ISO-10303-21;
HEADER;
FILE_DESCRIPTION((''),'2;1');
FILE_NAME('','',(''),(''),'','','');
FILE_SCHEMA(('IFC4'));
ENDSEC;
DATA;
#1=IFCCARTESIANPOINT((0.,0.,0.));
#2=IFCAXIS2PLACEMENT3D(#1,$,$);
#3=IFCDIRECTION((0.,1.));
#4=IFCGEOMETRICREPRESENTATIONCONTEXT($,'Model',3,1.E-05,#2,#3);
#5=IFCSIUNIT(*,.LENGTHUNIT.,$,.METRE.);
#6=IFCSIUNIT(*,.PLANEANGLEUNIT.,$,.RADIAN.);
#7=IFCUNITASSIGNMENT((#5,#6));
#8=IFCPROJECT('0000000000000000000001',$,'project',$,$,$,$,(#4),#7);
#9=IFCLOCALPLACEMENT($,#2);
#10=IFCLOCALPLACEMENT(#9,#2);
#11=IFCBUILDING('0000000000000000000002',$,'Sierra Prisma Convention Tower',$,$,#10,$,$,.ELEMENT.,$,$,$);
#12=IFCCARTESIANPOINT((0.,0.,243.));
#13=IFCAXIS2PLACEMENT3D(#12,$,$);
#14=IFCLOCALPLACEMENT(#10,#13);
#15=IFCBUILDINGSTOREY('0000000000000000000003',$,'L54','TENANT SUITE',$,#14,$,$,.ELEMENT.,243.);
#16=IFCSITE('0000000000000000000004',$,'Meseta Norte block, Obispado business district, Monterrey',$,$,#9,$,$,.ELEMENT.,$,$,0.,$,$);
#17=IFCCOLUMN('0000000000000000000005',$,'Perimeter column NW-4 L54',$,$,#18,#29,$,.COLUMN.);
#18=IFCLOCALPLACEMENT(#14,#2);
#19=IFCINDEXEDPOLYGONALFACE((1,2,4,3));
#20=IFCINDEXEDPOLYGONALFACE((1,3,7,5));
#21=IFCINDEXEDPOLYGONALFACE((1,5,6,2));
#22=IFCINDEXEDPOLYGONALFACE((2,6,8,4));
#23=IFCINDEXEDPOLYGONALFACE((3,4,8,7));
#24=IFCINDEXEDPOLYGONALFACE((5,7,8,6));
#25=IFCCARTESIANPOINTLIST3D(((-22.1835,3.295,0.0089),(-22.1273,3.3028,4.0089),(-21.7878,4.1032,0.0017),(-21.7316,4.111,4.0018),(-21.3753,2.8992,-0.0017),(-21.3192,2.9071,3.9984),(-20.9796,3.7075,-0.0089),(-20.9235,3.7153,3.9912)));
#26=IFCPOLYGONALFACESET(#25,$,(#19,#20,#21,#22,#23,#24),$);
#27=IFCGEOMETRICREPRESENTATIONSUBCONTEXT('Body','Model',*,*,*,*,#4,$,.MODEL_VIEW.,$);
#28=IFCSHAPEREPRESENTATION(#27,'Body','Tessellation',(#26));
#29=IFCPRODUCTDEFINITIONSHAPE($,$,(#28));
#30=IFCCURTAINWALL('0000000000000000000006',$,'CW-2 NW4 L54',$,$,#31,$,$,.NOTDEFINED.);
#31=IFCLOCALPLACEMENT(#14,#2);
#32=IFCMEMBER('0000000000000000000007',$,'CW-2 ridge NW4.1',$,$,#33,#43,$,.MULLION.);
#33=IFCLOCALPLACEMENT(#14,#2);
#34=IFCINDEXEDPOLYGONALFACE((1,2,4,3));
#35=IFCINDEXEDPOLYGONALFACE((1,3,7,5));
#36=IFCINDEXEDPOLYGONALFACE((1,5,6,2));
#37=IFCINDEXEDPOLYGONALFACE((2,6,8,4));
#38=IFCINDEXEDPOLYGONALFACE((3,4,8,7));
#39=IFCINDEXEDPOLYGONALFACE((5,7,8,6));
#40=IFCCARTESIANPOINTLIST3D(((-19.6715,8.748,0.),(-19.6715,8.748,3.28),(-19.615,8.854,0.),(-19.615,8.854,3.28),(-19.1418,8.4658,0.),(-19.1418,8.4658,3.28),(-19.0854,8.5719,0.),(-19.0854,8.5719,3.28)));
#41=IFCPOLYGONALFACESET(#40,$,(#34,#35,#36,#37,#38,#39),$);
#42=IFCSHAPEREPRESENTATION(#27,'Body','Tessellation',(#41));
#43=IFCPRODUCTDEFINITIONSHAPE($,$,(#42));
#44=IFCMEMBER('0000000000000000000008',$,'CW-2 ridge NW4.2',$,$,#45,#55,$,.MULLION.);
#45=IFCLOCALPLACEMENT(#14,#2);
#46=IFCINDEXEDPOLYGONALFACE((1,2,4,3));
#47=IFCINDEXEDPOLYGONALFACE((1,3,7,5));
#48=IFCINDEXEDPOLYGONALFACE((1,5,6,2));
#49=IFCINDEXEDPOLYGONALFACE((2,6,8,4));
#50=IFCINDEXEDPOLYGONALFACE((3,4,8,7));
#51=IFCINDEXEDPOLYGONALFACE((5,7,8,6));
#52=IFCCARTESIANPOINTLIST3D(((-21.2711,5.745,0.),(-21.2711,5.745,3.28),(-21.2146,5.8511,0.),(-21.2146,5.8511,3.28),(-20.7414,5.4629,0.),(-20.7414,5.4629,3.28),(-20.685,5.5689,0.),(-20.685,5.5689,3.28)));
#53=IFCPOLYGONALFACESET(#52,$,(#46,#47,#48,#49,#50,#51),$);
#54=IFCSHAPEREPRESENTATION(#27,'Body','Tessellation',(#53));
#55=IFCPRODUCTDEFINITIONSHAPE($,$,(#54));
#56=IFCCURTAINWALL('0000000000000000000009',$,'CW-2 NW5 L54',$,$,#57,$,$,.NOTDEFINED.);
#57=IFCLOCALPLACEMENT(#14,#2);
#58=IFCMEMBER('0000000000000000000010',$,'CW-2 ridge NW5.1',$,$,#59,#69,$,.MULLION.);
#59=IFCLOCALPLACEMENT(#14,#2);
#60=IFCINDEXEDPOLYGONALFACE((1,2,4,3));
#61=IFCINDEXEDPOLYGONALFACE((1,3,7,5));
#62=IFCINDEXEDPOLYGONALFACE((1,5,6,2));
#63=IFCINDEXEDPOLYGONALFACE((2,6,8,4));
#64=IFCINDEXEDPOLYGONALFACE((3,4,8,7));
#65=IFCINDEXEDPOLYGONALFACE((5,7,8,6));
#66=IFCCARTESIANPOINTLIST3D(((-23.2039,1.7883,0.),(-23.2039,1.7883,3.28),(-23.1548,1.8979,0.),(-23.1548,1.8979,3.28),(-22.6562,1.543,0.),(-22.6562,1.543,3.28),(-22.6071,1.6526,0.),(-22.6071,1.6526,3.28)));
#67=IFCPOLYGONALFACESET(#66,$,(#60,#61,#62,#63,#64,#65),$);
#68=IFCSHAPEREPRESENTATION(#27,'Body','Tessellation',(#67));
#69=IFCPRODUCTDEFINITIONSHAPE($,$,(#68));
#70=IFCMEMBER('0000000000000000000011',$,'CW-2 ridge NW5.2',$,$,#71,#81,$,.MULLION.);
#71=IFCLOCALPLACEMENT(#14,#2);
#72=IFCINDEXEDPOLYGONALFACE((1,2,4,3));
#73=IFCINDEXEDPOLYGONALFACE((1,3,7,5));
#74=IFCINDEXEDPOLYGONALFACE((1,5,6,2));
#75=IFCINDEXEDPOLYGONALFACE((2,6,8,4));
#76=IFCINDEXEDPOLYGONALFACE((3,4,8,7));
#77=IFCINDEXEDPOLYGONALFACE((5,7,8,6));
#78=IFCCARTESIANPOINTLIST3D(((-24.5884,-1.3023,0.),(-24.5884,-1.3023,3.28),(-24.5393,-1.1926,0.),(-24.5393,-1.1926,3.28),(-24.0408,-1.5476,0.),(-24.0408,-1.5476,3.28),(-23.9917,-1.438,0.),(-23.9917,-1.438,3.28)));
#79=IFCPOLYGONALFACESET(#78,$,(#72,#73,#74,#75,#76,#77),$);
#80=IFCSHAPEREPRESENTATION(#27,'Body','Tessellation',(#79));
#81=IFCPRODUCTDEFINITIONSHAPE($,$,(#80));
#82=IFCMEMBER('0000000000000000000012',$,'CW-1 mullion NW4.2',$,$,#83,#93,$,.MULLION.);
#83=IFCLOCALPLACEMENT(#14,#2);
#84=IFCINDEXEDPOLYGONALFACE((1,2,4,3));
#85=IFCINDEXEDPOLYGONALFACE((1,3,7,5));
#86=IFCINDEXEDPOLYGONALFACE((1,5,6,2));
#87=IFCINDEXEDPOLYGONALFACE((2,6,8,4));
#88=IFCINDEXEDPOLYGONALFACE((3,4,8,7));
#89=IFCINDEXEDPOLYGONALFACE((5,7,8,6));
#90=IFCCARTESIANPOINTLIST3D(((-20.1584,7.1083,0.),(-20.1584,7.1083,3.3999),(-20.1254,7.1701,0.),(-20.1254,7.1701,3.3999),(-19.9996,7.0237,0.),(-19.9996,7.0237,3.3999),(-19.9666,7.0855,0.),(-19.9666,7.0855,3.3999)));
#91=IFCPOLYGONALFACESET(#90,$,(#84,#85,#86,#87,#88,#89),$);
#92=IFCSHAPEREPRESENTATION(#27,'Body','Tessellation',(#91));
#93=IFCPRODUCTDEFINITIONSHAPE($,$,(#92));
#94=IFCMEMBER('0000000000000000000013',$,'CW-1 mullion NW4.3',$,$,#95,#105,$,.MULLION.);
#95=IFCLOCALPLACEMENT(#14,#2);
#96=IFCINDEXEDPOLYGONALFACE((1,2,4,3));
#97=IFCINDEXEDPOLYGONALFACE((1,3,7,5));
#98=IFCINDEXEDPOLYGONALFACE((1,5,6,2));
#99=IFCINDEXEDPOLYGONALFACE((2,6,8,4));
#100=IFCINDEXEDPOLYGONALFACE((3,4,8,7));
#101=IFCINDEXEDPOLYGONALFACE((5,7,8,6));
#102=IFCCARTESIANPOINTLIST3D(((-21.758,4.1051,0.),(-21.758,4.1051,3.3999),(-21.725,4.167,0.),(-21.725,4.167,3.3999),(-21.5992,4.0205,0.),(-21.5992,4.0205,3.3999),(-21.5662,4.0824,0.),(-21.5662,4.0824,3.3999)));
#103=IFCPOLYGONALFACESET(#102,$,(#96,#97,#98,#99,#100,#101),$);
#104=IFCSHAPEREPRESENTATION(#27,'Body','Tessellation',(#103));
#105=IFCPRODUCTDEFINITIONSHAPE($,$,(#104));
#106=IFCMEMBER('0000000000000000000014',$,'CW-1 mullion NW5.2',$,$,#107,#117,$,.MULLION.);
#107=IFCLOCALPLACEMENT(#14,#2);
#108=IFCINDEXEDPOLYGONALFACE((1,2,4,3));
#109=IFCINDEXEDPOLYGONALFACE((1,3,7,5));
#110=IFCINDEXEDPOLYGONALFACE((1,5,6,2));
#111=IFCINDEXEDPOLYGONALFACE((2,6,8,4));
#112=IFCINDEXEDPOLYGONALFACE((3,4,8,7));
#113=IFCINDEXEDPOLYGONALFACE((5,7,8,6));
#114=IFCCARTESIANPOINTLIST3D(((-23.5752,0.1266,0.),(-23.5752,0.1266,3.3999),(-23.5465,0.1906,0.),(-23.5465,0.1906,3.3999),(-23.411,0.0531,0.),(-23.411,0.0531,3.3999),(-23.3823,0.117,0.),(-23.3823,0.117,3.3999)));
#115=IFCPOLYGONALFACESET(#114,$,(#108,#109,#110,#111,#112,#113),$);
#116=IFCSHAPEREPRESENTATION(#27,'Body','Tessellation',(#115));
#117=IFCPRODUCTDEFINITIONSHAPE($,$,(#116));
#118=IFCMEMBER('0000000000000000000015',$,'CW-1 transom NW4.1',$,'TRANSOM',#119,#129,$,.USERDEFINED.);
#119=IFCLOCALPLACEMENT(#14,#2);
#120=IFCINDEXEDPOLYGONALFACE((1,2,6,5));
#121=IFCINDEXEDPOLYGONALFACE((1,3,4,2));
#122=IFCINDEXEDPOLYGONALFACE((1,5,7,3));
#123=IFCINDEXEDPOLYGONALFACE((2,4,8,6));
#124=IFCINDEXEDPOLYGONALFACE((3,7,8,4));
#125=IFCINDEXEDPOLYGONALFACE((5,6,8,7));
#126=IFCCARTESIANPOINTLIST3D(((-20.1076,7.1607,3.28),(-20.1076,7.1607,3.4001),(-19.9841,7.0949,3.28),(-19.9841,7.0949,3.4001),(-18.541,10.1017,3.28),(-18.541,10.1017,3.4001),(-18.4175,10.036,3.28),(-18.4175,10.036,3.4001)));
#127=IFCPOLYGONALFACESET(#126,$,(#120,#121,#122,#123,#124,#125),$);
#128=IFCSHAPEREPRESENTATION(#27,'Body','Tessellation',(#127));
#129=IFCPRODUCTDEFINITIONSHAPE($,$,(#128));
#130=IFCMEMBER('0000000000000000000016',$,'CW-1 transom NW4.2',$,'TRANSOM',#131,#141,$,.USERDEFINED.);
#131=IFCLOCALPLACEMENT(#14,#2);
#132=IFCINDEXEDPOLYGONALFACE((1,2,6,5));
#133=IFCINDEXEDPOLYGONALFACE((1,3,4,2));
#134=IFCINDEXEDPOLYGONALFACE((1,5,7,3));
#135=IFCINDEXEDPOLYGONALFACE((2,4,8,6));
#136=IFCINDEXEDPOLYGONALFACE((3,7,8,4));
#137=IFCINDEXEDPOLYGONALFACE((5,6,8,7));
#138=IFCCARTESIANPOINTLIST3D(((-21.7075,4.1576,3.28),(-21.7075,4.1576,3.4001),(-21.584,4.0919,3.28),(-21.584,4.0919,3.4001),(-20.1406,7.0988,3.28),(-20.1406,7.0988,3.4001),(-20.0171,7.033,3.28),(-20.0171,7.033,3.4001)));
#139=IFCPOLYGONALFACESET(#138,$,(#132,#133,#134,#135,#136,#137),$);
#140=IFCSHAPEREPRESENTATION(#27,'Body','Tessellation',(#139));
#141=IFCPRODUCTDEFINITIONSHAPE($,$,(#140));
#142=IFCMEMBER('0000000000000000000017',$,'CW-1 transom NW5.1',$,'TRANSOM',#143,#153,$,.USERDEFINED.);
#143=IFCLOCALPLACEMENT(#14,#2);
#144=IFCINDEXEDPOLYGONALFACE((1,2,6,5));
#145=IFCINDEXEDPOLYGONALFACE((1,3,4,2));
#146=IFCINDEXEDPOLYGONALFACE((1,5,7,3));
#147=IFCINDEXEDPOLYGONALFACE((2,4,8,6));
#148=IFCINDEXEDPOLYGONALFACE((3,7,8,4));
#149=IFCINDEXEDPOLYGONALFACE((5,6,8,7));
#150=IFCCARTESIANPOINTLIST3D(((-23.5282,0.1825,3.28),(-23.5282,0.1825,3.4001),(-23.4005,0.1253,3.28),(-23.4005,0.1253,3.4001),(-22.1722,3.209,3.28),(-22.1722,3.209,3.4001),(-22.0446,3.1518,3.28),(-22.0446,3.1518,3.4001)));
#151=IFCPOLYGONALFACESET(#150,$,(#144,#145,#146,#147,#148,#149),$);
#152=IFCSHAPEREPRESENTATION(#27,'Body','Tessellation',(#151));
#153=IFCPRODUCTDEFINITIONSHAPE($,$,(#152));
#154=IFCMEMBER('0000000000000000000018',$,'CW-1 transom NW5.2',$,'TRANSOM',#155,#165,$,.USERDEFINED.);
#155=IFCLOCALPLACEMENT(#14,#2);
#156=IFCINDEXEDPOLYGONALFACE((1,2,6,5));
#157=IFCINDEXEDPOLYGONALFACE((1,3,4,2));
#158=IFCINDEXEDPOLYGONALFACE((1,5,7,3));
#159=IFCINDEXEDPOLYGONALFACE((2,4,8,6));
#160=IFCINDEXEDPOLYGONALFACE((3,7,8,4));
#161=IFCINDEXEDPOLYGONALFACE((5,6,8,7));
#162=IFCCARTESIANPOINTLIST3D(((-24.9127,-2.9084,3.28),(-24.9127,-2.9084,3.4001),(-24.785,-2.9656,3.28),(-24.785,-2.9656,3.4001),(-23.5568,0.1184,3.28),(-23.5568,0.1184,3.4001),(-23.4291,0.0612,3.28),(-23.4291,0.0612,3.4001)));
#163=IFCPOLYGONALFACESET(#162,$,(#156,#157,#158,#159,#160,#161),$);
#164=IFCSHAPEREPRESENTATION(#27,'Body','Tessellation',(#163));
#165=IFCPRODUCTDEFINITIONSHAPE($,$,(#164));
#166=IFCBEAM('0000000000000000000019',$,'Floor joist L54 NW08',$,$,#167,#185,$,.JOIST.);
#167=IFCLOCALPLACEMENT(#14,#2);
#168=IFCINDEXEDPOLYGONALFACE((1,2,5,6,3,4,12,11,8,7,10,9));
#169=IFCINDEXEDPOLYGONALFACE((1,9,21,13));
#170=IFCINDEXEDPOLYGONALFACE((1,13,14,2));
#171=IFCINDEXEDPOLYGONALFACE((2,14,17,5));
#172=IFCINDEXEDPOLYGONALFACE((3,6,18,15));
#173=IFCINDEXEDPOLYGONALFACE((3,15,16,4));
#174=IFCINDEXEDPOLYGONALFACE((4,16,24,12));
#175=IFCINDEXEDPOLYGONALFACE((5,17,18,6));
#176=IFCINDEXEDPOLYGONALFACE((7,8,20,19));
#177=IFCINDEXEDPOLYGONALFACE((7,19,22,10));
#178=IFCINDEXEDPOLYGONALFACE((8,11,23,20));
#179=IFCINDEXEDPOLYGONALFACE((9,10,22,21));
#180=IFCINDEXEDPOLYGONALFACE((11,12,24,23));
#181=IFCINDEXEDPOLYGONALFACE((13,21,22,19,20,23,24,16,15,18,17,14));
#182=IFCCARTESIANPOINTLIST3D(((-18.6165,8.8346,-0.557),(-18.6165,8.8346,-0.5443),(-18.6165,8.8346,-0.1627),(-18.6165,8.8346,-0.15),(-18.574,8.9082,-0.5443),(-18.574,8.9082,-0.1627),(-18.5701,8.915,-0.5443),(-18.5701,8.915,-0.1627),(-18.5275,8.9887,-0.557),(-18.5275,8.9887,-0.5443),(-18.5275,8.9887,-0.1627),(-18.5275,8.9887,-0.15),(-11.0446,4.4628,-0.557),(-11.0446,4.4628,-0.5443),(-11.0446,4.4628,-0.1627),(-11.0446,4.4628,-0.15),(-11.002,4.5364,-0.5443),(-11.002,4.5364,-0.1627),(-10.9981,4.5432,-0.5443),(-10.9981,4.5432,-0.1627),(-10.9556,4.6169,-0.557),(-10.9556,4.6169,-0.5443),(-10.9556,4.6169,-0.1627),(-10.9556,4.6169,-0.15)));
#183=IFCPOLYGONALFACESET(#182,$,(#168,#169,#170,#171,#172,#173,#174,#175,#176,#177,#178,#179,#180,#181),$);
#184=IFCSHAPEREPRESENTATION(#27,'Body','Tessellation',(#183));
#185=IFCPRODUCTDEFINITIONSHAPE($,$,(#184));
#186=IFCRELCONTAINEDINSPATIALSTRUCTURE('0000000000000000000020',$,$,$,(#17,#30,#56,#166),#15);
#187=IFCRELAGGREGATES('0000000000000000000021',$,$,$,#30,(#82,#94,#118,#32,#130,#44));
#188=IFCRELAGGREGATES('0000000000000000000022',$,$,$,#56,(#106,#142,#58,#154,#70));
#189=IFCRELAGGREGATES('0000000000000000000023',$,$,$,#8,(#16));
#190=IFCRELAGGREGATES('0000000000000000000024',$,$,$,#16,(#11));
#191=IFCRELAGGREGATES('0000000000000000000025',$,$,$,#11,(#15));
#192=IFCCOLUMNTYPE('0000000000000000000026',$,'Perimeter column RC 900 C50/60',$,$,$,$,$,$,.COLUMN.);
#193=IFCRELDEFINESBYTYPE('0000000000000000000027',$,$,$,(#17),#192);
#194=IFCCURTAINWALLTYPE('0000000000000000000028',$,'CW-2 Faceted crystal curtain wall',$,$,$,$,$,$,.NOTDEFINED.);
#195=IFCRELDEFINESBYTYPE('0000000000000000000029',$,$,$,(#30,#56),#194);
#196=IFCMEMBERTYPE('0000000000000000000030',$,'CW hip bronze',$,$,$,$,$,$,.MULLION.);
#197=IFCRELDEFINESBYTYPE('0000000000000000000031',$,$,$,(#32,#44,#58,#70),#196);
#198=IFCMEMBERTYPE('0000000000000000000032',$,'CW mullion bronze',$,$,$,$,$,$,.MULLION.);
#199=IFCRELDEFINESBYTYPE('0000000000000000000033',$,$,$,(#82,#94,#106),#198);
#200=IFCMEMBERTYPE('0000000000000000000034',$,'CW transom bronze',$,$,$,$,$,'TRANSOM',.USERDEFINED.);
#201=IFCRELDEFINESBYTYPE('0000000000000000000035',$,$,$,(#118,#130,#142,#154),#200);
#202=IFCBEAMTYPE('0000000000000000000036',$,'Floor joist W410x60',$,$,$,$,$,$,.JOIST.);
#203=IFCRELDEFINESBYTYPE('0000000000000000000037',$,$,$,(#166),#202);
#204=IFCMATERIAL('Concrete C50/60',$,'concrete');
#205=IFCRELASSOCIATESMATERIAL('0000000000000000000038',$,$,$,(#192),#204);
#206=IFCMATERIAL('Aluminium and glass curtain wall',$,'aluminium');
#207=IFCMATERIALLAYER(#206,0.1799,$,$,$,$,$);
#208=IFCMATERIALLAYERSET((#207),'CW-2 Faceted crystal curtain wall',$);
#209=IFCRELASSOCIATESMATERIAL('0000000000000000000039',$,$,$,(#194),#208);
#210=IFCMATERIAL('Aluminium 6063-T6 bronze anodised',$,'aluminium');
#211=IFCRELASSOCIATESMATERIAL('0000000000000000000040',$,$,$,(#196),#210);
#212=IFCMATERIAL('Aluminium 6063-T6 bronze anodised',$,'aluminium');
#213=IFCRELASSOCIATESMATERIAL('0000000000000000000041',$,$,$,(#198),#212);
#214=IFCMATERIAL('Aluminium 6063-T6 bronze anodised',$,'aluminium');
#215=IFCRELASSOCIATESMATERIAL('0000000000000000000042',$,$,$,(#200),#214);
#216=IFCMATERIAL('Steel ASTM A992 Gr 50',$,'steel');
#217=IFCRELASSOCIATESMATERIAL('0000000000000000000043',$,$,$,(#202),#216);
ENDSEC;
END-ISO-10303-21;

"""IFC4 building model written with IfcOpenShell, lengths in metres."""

from ifc_helpers import new_model, si_unit, direction, frame, origin, origin_2d, place, context, subcontext, project, spatial, rectangle, i_section, extrude, material, layer, layer_set, material_profile, profile_set, type_object, element, aggregate, save


model = new_model("IFC4")

# Units and contexts
model_context = context("Model", 3, precision=1e-05, world=origin(), true_north=direction((0.0, 1.0)))
body_context = subcontext(model_context, "Body", "Model", "MODEL_VIEW")
ifc_project = project(units=[si_unit("LENGTHUNIT", "METRE"), si_unit("PLANEANGLEUNIT", "RADIAN")], contexts=[model_context])

# Site, building, storey
site_placement = place(None, origin())
site = spatial("IfcSite", under=ifc_project, at=site_placement, Name="Meseta Norte block, Obispado business district, Monterrey", CompositionType="ELEMENT", RefElevation=0.0)
building_placement = place(site_placement, origin())
building = spatial("IfcBuilding", under=site, at=building_placement, Name="Sierra Prisma Convention Tower", CompositionType="ELEMENT")
storey_placement = place(building_placement, frame((0.0, 0.0, 243.0)))
storey = spatial("IfcBuildingStorey", under=building, at=storey_placement, Name="L54", Description="TENANT SUITE", CompositionType="ELEMENT", Elevation=243.0)

# Column
ifc_material_1 = material(Name="Concrete C50/60", Category="concrete")
ifc_material_profile_1 = material_profile(ifc_material_1, rectangle(XDim=0.8999, YDim=0.8999, at=origin_2d()), Name="Perimeter column RC 900 C50/60")
ifc_profile_set_1 = profile_set([ifc_material_profile_1], Name="Concrete C50/60")
column_type = type_object("IfcColumnType", Name="Perimeter column RC 900 C50/60", PredefinedType="COLUMN", material=ifc_profile_set_1)
column_placement = place(storey_placement, frame((-21.5815, 3.5012, 0.0), z_axis=(0.014037, 0.001953, 0.9999), x_axis=(0.439698, 0.898111, -0.007927)))
element("IfcColumn", 1, at=column_placement, inside=storey, type_object=column_type, Name="Perimeter column NW-4 L54", PredefinedType="COLUMN", context=body_context, shape_type="SweptSolid", body=[
    extrude(rectangle(XDim=0.8999, YDim=0.8999, at=origin_2d()), origin(), (0.0, 0.0, 1.0), 4.0005),
])

# Curtain walls, members
ifc_material_2 = material(Name="Aluminium and glass curtain wall", Category="aluminium")
ifc_layer_1 = layer(ifc_material_2, 0.1799)
ifc_layer_set_1 = layer_set([ifc_layer_1], Name="CW-2 Faceted crystal curtain wall")
curtain_wall_type = type_object("IfcCurtainWallType", Name="CW-2 Faceted crystal curtain wall", PredefinedType="NOTDEFINED", material=ifc_layer_set_1)
curtain_wall_1_placement = place(storey_placement, origin())
curtain_wall_1 = element("IfcCurtainWall", 2, at=curtain_wall_1_placement, inside=storey, type_object=curtain_wall_type, Name="CW-2 NW4 L54", PredefinedType="NOTDEFINED")
ifc_material_3 = material(Name="Aluminium 6063-T6 bronze anodised", Category="aluminium")
ifc_material_profile_2 = material_profile(ifc_material_3, rectangle(XDim=0.1201, YDim=0.6001, at=origin_2d()), Name="ALU RIDGE BLADE 120x600")
ifc_profile_set_2 = profile_set([ifc_material_profile_2], Name="Aluminium 6063-T6 bronze anodised")
member_type_1 = type_object("IfcMemberType", Name="CW hip bronze", PredefinedType="MULLION", material=ifc_profile_set_2)
member_1_placement = place(storey_placement, frame((-19.3784, 8.6599, 0.0), z_axis=(0.0, 0.0, 1.0), x_axis=(-0.470145, -0.882589, 0.0)))
member_1 = element("IfcMember", 3, at=member_1_placement, type_object=member_type_1, Name="CW-2 ridge NW4.1", PredefinedType="MULLION", context=body_context, shape_type="SweptSolid", body=[
    extrude(rectangle(XDim=0.1201, YDim=0.6001, at=origin_2d()), origin(), (0.0, 0.0, 1.0), 3.28),
])
member_2_placement = place(storey_placement, frame((-20.978, 5.657, 0.0), z_axis=(0.0, 0.0, 1.0), x_axis=(-0.470145, -0.882589, 0.0)))
member_2 = element("IfcMember", 4, at=member_2_placement, type_object=member_type_1, Name="CW-2 ridge NW4.2", PredefinedType="MULLION", context=body_context, shape_type="SweptSolid", body=[
    extrude(rectangle(XDim=0.1201, YDim=0.6001, at=origin_2d()), origin(), (0.0, 0.0, 1.0), 3.28),
])
curtain_wall_2_placement = place(storey_placement, origin())
curtain_wall_2 = element("IfcCurtainWall", 5, at=curtain_wall_2_placement, inside=storey, type_object=curtain_wall_type, Name="CW-2 NW5 L54", PredefinedType="NOTDEFINED")
member_3_placement = place(storey_placement, frame((-22.9055, 1.7205, 0.0), z_axis=(0.0, 0.0, 1.0), x_axis=(-0.408827, -0.912612, 0.0)))
member_3 = element("IfcMember", 6, at=member_3_placement, type_object=member_type_1, Name="CW-2 ridge NW5.1", PredefinedType="MULLION", context=body_context, shape_type="SweptSolid", body=[
    extrude(rectangle(XDim=0.1201, YDim=0.6001, at=origin_2d()), origin(), (0.0, 0.0, 1.0), 3.28),
])
member_4_placement = place(storey_placement, frame((-24.29, -1.3701, 0.0), z_axis=(0.0, 0.0, 1.0), x_axis=(-0.408827, -0.912612, 0.0)))
member_4 = element("IfcMember", 7, at=member_4_placement, type_object=member_type_1, Name="CW-2 ridge NW5.2", PredefinedType="MULLION", context=body_context, shape_type="SweptSolid", body=[
    extrude(rectangle(XDim=0.1201, YDim=0.6001, at=origin_2d()), origin(), (0.0, 0.0, 1.0), 3.28),
])

# Members
ifc_material_4 = material(Name="Aluminium 6063-T6 bronze anodised", Category="aluminium")
ifc_material_profile_3 = material_profile(ifc_material_4, rectangle(XDim=0.1799, YDim=0.0701, at=origin_2d()), Name="ALU MULLION 70x180")
ifc_profile_set_3 = profile_set([ifc_material_profile_3], Name="Aluminium 6063-T6 bronze anodised")
member_type_2 = type_object("IfcMemberType", Name="CW mullion bronze", PredefinedType="MULLION", material=ifc_profile_set_3)
member_5_placement = place(storey_placement, frame((-20.0625, 7.0969, 0.0), z_axis=(0.0, 0.0, 1.0), x_axis=(0.882589, -0.470145, 0.0)))
member_5 = element("IfcMember", 8, at=member_5_placement, type_object=member_type_2, Name="CW-1 mullion NW4.2", PredefinedType="MULLION", context=body_context, shape_type="SweptSolid", body=[
    extrude(rectangle(XDim=0.1799, YDim=0.0701, at=origin_2d()), origin(), (0.0, 0.0, 1.0), 3.3999),
])
member_6_placement = place(storey_placement, frame((-21.6621, 4.0938, 0.0), z_axis=(0.0, 0.0, 1.0), x_axis=(0.882589, -0.470145, 0.0)))
member_6 = element("IfcMember", 9, at=member_6_placement, type_object=member_type_2, Name="CW-1 mullion NW4.3", PredefinedType="MULLION", context=body_context, shape_type="SweptSolid", body=[
    extrude(rectangle(XDim=0.1799, YDim=0.0701, at=origin_2d()), origin(), (0.0, 0.0, 1.0), 3.3999),
])
member_7_placement = place(storey_placement, frame((-23.4788, 0.1218, 0.0), z_axis=(0.0, 0.0, 1.0), x_axis=(0.912612, -0.408827, 0.0)))
member_7 = element("IfcMember", 10, at=member_7_placement, type_object=member_type_2, Name="CW-1 mullion NW5.2", PredefinedType="MULLION", context=body_context, shape_type="SweptSolid", body=[
    extrude(rectangle(XDim=0.1799, YDim=0.0701, at=origin_2d()), origin(), (0.0, 0.0, 1.0), 3.3999),
])
ifc_material_5 = material(Name="Aluminium 6063-T6 bronze anodised", Category="aluminium")
ifc_material_profile_4 = material_profile(ifc_material_5, rectangle(XDim=0.1399, YDim=0.1201, at=origin_2d()), Name="ALU TRANSOM 120x140")
ifc_profile_set_4 = profile_set([ifc_material_profile_4], Name="Aluminium 6063-T6 bronze anodised")
member_type_3 = type_object("IfcMemberType", Name="CW transom bronze", ElementType="TRANSOM", PredefinedType="USERDEFINED", material=ifc_profile_set_4)
member_8_placement = place(storey_placement, frame((-18.4792, 10.0688, 3.3401), z_axis=(-0.470128, -0.882598, 0.0), x_axis=(0.882598, -0.470128, 0.0)))
member_8 = element("IfcMember", 11, at=member_8_placement, type_object=member_type_3, Name="CW-1 transom NW4.1", ObjectType="TRANSOM", PredefinedType="USERDEFINED", context=body_context, shape_type="SweptSolid", body=[
    extrude(rectangle(XDim=0.1399, YDim=0.1201, at=origin_2d()), origin(), (0.0, 0.0, 1.0), 3.3323),
])
member_9_placement = place(storey_placement, frame((-20.0789, 7.0659, 3.3401), z_axis=(-0.470185, -0.882568, 0.0), x_axis=(0.882568, -0.470185, 0.0)))
member_9 = element("IfcMember", 12, at=member_9_placement, type_object=member_type_3, Name="CW-1 transom NW4.2", ObjectType="TRANSOM", PredefinedType="USERDEFINED", context=body_context, shape_type="SweptSolid", body=[
    extrude(rectangle(XDim=0.1399, YDim=0.1201, at=origin_2d()), origin(), (0.0, 0.0, 1.0), 3.3325),
])
member_10_placement = place(storey_placement, frame((-22.1084, 3.1804, 3.3401), z_axis=(-0.408855, -0.912599, 0.0), x_axis=(0.912599, -0.408855, 0.0)))
member_10 = element("IfcMember", 13, at=member_10_placement, type_object=member_type_3, Name="CW-1 transom NW5.1", ObjectType="TRANSOM", PredefinedType="USERDEFINED", context=body_context, shape_type="SweptSolid", body=[
    extrude(rectangle(XDim=0.1399, YDim=0.1201, at=origin_2d()), origin(), (0.0, 0.0, 1.0), 3.3164),
])
member_11_placement = place(storey_placement, frame((-23.4929, 0.0898, 3.3401), z_axis=(-0.408828, -0.912612, 0.0), x_axis=(0.912612, -0.408828, 0.0)))
member_11 = element("IfcMember", 14, at=member_11_placement, type_object=member_type_3, Name="CW-1 transom NW5.2", ObjectType="TRANSOM", PredefinedType="USERDEFINED", context=body_context, shape_type="SweptSolid", body=[
    extrude(rectangle(XDim=0.1399, YDim=0.1201, at=origin_2d()), origin(), (0.0, 0.0, 1.0), 3.3167),
])

# Beam
ifc_material_6 = material(Name="Steel ASTM A992 Gr 50", Category="steel")
ifc_material_profile_5 = material_profile(ifc_material_6, i_section(OverallWidth=0.178, OverallDepth=0.407, WebThickness=0.0078, FlangeThickness=0.0127, at=origin_2d()), Name="W410x60")
ifc_profile_set_5 = profile_set([ifc_material_profile_5], Name="Steel ASTM A992 Gr 50")
beam_type_1 = type_object("IfcBeamType", Name="Floor joist W410x60", PredefinedType="JOIST", material=ifc_profile_set_5)
beam_1_placement = place(storey_placement, frame((-18.572, 8.9116, -0.3535), z_axis=(0.86602, -0.50001, 0.0), x_axis=(0.50001, 0.86602, 0.0)))
element("IfcBeam", 15, at=beam_1_placement, inside=storey, type_object=beam_type_1, Name="Floor joist L54 NW08", PredefinedType="JOIST", context=body_context, shape_type="SweptSolid", body=[
    extrude(i_section(OverallWidth=0.178, OverallDepth=0.407, WebThickness=0.0078, FlangeThickness=0.0127, at=origin_2d()), origin(), (0.0, 0.0, 1.0), 8.7434),
])

aggregate(curtain_wall_1, [member_5, member_6, member_8, member_1, member_9, member_2])
aggregate(curtain_wall_2, [member_7, member_10, member_3, member_11, member_4])

save(model, "model.ifc")
